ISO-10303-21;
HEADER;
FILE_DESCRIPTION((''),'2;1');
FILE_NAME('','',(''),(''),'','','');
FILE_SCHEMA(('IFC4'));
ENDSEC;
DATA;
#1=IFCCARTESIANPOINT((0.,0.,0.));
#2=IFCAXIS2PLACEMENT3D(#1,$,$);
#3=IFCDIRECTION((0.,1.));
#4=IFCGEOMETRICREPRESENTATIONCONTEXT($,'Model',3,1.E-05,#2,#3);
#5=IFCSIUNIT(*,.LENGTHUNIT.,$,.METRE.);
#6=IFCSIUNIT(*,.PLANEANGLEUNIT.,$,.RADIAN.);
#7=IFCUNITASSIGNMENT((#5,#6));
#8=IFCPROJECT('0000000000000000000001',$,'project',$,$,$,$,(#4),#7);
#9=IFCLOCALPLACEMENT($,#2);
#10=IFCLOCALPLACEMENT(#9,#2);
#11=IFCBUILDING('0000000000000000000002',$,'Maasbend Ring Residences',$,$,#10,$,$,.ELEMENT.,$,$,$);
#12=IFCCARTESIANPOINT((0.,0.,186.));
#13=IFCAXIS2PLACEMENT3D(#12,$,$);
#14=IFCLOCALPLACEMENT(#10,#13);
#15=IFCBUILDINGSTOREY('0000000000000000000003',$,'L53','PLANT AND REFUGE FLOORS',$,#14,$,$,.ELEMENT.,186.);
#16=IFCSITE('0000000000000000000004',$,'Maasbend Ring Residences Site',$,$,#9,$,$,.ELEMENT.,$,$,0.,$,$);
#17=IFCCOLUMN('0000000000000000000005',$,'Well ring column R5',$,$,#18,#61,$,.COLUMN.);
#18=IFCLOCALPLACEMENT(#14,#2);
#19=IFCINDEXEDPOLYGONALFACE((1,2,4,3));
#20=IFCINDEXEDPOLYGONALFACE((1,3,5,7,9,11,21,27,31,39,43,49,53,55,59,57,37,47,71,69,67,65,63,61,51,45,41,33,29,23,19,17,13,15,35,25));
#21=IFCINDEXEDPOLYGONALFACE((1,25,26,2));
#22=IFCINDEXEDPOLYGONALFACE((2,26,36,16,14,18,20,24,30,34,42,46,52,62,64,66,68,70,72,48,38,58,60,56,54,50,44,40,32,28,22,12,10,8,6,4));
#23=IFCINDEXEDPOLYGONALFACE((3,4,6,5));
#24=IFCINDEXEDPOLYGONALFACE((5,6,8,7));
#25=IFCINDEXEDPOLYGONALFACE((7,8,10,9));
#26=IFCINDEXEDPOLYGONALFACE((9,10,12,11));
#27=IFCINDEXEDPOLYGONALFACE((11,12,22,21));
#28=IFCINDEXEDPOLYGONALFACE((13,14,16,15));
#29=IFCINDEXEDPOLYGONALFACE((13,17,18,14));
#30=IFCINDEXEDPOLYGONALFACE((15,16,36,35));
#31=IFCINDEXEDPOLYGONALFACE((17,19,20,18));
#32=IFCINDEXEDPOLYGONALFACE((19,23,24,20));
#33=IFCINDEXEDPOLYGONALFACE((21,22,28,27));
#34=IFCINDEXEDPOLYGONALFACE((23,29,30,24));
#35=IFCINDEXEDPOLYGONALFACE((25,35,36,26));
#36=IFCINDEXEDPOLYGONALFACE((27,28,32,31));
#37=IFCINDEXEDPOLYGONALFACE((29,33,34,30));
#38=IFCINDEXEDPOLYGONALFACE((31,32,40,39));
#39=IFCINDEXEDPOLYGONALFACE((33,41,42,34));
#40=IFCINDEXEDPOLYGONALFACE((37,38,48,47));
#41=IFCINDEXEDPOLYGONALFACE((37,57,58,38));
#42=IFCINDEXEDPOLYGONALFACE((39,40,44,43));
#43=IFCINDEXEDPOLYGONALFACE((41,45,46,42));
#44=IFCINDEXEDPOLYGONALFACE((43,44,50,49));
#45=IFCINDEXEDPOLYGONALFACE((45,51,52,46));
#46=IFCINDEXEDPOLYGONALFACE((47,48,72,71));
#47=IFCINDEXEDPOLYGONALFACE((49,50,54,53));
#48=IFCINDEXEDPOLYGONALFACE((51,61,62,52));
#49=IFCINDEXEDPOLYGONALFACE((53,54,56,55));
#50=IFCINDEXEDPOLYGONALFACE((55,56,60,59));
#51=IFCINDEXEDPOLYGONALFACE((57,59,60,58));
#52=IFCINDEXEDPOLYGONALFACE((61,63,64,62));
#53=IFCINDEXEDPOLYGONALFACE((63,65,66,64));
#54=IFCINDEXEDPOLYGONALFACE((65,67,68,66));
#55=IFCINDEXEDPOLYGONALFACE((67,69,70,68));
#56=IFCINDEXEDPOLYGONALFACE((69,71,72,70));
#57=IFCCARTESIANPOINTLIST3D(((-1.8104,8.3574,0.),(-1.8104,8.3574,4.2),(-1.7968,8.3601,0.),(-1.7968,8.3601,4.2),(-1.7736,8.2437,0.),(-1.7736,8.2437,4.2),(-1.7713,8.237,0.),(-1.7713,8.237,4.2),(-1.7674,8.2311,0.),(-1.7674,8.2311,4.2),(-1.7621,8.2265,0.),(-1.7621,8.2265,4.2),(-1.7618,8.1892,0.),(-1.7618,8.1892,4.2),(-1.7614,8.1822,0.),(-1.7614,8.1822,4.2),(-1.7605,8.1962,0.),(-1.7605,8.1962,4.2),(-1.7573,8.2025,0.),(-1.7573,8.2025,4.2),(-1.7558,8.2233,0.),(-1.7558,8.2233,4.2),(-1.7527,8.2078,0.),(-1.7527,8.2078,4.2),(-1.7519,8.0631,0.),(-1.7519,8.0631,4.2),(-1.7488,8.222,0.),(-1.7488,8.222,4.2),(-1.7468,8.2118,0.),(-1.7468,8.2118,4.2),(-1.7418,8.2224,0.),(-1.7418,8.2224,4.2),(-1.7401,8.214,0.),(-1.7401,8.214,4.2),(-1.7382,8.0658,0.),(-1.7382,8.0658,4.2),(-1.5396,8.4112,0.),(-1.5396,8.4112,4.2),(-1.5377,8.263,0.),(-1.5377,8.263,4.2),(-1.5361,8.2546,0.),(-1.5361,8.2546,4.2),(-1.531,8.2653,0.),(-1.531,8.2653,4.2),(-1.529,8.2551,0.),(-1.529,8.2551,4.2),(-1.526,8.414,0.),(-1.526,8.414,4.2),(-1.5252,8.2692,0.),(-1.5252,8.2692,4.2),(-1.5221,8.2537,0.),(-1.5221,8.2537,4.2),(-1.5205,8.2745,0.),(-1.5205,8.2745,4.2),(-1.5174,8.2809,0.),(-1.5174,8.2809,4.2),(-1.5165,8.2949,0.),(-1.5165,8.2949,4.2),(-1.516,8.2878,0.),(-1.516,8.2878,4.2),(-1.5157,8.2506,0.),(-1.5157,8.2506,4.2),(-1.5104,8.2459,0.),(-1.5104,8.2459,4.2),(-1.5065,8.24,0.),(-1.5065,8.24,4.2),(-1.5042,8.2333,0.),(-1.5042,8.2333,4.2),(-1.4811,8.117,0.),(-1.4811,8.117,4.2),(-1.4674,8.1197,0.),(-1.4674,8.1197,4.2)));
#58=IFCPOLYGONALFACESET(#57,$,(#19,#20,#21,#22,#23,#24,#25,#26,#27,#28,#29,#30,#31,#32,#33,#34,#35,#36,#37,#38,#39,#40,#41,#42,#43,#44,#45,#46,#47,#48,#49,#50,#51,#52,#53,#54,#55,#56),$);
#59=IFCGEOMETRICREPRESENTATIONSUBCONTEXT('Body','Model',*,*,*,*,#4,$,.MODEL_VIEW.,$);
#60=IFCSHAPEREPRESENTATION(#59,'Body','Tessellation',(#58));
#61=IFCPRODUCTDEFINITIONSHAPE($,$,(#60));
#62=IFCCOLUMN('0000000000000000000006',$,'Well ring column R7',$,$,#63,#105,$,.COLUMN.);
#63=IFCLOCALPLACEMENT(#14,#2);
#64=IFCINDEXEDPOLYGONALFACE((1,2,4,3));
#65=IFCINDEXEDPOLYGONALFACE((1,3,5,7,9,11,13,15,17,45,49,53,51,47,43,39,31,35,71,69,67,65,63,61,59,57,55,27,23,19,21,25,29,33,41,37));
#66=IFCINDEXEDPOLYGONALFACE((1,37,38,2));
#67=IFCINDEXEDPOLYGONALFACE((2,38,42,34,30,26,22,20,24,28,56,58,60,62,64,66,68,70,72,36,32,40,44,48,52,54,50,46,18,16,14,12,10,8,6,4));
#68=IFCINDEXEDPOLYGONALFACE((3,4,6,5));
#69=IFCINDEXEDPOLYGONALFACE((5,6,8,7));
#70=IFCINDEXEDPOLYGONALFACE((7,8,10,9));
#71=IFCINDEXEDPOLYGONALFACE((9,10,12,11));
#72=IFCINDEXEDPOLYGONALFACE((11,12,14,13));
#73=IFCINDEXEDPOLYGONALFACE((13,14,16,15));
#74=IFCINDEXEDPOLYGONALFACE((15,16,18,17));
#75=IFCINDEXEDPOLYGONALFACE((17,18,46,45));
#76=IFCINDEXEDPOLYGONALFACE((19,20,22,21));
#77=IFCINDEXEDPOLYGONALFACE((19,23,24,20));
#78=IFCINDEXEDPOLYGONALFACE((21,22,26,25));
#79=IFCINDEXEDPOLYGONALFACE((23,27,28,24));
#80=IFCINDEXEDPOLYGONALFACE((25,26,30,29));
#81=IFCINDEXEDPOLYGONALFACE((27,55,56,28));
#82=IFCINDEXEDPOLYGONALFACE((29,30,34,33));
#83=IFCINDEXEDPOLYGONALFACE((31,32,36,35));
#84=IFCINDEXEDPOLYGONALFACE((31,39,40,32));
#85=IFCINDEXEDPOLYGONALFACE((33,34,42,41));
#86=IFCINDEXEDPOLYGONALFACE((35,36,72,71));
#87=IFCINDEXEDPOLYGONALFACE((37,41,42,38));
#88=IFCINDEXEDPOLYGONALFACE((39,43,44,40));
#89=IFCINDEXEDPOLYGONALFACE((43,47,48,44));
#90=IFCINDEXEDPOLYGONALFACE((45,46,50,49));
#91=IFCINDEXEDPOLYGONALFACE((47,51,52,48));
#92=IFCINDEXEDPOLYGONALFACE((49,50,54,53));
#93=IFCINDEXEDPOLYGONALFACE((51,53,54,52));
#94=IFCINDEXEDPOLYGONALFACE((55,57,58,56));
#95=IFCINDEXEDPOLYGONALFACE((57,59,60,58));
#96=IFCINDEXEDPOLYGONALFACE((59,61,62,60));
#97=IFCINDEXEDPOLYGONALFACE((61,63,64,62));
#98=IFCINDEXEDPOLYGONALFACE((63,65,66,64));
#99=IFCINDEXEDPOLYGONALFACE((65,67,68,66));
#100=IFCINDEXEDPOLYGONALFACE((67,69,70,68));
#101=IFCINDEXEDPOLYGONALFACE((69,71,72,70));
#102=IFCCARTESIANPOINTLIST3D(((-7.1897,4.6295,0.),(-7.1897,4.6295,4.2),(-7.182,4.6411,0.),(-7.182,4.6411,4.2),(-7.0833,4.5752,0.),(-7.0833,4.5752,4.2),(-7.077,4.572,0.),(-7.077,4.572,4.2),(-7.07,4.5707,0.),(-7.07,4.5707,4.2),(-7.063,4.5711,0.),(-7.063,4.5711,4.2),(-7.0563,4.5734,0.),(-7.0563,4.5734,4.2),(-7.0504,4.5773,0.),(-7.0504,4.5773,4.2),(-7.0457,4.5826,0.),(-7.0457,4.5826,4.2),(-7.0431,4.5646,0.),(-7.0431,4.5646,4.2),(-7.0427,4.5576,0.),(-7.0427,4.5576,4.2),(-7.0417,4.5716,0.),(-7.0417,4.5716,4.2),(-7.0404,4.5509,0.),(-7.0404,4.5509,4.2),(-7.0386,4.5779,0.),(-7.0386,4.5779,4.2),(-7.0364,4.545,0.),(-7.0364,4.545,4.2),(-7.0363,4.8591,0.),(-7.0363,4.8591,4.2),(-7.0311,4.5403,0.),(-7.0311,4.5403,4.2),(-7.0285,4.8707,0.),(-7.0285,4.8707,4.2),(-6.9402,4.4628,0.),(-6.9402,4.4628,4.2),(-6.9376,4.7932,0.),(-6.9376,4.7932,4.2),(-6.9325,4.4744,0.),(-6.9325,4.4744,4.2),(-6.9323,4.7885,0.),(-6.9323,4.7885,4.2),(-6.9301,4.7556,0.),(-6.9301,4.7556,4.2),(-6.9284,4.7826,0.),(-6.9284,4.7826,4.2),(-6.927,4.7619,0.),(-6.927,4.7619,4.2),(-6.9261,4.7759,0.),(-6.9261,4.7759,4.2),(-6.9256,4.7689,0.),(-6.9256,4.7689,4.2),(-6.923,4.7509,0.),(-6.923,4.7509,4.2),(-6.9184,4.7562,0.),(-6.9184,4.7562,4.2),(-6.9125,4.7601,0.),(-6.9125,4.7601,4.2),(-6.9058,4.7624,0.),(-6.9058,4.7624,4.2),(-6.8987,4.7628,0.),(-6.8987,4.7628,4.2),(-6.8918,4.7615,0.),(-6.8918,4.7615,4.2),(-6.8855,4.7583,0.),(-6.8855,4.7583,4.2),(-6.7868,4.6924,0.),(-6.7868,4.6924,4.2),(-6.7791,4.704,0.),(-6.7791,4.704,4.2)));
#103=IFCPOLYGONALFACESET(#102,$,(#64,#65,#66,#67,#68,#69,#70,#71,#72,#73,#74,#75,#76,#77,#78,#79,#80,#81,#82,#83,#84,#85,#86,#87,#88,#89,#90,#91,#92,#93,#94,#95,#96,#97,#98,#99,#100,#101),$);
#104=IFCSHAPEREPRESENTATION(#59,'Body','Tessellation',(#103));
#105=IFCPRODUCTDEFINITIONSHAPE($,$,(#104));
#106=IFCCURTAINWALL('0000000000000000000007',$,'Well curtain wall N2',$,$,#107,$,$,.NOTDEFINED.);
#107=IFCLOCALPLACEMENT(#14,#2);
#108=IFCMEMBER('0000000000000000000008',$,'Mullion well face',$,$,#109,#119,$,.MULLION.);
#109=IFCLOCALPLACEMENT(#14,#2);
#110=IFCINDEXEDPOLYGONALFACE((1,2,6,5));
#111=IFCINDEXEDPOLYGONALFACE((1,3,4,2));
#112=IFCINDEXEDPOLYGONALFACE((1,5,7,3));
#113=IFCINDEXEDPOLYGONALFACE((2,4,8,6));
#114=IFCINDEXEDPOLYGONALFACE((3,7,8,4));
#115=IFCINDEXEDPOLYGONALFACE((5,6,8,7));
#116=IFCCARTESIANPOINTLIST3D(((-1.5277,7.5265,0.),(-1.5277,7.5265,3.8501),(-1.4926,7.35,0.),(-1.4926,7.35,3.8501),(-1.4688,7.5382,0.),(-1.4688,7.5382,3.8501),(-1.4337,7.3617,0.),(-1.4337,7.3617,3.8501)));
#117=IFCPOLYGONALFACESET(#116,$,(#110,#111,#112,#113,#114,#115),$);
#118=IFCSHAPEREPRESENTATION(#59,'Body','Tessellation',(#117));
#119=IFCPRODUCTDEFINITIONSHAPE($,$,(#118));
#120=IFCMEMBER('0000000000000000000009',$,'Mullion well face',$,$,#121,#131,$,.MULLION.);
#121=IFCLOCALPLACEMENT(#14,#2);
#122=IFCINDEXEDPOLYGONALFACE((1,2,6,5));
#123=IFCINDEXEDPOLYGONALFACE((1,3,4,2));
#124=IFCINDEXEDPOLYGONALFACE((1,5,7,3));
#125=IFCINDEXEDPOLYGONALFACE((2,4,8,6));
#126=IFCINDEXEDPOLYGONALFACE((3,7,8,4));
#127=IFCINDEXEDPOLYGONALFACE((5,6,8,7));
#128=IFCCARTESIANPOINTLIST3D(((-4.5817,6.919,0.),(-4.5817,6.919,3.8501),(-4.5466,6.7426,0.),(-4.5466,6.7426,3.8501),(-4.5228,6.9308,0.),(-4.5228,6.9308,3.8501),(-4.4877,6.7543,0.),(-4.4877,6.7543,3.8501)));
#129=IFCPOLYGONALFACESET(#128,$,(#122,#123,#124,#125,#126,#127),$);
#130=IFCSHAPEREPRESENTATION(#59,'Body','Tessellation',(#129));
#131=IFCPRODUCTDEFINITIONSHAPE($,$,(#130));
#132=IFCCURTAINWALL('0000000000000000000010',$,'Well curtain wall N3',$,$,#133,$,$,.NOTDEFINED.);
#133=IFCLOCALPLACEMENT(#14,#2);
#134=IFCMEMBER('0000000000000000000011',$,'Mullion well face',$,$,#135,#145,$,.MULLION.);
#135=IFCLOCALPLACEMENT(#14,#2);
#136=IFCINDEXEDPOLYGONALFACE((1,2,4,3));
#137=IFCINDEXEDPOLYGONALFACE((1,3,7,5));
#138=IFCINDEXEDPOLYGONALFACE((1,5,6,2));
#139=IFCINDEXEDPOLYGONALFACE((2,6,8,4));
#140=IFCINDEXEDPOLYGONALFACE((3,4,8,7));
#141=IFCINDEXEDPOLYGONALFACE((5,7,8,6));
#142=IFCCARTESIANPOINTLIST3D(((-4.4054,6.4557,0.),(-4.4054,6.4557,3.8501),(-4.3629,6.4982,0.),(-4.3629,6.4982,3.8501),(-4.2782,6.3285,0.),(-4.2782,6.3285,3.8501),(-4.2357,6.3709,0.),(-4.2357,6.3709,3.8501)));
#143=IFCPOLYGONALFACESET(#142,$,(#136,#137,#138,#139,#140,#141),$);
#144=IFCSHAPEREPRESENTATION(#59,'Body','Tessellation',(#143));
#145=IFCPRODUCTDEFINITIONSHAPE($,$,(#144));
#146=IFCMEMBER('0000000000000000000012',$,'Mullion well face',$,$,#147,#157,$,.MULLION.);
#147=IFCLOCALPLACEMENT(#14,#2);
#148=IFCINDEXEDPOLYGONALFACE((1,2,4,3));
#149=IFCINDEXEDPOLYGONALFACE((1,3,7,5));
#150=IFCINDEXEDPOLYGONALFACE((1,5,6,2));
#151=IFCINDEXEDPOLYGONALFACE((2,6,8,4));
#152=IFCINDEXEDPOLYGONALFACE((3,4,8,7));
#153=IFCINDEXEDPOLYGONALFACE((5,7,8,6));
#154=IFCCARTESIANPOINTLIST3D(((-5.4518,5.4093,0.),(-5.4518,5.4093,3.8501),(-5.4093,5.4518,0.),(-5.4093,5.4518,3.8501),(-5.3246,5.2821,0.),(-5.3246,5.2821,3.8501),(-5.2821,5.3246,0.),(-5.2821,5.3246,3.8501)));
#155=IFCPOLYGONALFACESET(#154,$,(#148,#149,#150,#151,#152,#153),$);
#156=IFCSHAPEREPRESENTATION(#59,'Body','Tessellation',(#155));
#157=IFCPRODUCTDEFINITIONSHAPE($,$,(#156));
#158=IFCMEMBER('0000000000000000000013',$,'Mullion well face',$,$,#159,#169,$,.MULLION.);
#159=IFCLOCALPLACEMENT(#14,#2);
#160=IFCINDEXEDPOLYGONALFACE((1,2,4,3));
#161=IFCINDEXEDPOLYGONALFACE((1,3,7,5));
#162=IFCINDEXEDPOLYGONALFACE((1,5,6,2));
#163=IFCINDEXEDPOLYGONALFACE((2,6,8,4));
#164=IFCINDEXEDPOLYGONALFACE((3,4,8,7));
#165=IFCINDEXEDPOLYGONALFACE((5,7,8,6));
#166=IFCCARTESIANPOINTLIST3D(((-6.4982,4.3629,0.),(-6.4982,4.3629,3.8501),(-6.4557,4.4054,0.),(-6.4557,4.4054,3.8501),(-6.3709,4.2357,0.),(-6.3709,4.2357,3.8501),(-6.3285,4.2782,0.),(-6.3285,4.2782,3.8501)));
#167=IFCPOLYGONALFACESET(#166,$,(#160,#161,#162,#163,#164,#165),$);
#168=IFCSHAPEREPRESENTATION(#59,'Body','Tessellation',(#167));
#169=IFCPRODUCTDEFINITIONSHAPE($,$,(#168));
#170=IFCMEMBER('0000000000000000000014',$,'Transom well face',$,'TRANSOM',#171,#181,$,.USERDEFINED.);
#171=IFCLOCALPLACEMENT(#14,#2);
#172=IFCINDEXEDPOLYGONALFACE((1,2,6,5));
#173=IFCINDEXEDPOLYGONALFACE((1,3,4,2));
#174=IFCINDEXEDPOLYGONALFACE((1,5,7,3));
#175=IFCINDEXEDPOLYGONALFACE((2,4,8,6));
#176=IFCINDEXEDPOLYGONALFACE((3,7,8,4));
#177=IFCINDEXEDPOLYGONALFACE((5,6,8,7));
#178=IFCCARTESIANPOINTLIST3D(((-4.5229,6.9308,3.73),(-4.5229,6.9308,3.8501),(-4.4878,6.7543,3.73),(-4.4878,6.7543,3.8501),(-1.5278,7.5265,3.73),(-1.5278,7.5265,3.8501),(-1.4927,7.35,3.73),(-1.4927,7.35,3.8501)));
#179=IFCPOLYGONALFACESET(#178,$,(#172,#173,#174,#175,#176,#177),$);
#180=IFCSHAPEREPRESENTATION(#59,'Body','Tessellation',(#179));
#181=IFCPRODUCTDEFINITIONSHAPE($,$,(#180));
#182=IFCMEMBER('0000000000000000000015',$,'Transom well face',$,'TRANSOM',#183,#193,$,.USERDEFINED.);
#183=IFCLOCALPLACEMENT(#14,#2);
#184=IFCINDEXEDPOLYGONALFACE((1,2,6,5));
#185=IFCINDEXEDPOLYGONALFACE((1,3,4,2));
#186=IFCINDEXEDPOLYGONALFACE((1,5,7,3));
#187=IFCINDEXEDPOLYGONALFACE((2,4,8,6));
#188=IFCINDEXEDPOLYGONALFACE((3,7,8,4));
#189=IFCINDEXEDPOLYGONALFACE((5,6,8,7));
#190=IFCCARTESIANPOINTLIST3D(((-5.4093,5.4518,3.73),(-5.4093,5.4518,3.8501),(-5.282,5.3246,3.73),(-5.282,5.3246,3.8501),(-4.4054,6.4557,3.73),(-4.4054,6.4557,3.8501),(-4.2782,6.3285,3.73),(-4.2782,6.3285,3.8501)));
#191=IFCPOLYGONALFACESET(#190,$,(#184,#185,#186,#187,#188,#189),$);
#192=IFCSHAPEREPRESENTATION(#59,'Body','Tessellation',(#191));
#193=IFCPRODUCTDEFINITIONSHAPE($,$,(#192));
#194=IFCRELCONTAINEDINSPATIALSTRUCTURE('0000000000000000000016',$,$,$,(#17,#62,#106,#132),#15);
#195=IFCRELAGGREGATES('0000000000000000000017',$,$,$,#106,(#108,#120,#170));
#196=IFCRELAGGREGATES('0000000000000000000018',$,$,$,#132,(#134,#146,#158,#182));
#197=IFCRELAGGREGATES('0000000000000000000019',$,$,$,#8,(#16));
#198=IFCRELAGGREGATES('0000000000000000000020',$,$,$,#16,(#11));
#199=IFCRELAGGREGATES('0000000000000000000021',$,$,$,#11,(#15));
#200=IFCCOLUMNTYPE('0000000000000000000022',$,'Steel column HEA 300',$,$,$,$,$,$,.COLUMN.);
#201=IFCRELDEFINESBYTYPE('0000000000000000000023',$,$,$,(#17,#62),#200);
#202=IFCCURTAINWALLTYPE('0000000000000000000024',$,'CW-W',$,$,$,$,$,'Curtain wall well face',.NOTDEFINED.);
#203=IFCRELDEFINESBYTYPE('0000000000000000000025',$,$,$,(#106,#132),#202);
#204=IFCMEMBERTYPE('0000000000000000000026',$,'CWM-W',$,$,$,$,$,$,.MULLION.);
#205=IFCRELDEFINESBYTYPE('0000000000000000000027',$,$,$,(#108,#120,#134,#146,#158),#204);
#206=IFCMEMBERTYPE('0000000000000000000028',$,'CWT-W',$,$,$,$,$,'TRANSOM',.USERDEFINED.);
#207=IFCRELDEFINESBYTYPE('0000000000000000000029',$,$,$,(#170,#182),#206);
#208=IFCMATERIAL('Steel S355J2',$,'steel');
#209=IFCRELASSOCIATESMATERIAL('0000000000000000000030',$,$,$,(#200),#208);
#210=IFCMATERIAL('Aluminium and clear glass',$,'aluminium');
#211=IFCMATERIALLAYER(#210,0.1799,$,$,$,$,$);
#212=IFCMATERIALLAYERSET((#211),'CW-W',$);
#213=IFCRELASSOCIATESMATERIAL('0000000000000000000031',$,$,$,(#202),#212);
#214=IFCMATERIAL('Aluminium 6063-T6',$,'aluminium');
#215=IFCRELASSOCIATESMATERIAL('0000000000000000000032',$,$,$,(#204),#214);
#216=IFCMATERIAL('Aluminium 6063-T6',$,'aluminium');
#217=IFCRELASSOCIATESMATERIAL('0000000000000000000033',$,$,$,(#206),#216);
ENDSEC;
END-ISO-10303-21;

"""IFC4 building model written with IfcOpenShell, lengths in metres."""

from ifc_helpers import new_model, si_unit, direction, frame, origin, origin_2d, place, context, subcontext, project, spatial, rectangle, i_section, extrude, material, layer, layer_set, material_profile, profile_set, type_object, element, aggregate, save


model = new_model("IFC4")

# Units and contexts
model_context = context("Model", 3, precision=1e-05, world=origin(), true_north=direction((0.0, 1.0)))
body_context = subcontext(model_context, "Body", "Model", "MODEL_VIEW")
ifc_project = project(units=[si_unit("LENGTHUNIT", "METRE"), si_unit("PLANEANGLEUNIT", "RADIAN")], contexts=[model_context])

# Site, building, storey
site_placement = place(None, origin())
site = spatial("IfcSite", under=ifc_project, at=site_placement, Name="Maasbend Ring Residences Site", CompositionType="ELEMENT", RefElevation=0.0)
building_placement = place(site_placement, origin())
building = spatial("IfcBuilding", under=site, at=building_placement, Name="Maasbend Ring Residences", CompositionType="ELEMENT")
storey_placement = place(building_placement, frame((0.0, 0.0, 186.0)))
storey = spatial("IfcBuildingStorey", under=building, at=storey_placement, Name="L53", Description="PLANT AND REFUGE FLOORS", CompositionType="ELEMENT", Elevation=186.0)

# Columns
ifc_material_1 = material(Name="Steel S355J2", Category="steel")
ifc_material_profile_1 = material_profile(ifc_material_1, i_section(OverallWidth=0.3, OverallDepth=0.29, WebThickness=0.0085, FlangeThickness=0.0139, FilletRadius=0.0271, at=origin_2d()), Name="HEA 300")
ifc_profile_set_1 = profile_set([ifc_material_profile_1], Name="Steel S355J2")
column_type = type_object("IfcColumnType", Name="Steel column HEA 300", PredefinedType="COLUMN", material=ifc_profile_set_1)
for number, where, z_axis, x_axis, name in (
    (1, (-1.6389, 8.2385, 0.0), (0.0, 0.0, 1.0), (-0.19509, 0.980785, 0.0), "Well ring column R5"),
    (2, (-6.9844, 4.6667, 0.0), (0.0, 0.0, 1.0), (-0.83147, 0.55557, 0.0), "Well ring column R7"),
):
    element("IfcColumn", number, at=place(storey_placement, frame(where, z_axis=z_axis, x_axis=x_axis)), inside=storey, type_object=column_type, Name=name, PredefinedType="COLUMN", context=body_context, shape_type="SweptSolid", body=[
        extrude(i_section(OverallWidth=0.3, OverallDepth=0.29, WebThickness=0.0085, FlangeThickness=0.0139, FilletRadius=0.0271, at=origin_2d()), origin(), (0.0, 0.0, 1.0), 4.2),
    ])

# Curtain walls, members
ifc_material_2 = material(Name="Aluminium and clear glass", Category="aluminium")
ifc_layer_1 = layer(ifc_material_2, 0.1799)
ifc_layer_set_1 = layer_set([ifc_layer_1], Name="CW-W")
curtain_wall_type = type_object("IfcCurtainWallType", Name="CW-W", ElementType="Curtain wall well face", PredefinedType="NOTDEFINED", material=ifc_layer_set_1)
curtain_wall_1_placement = place(storey_placement, origin())
curtain_wall_1 = element("IfcCurtainWall", 3, at=curtain_wall_1_placement, inside=storey, type_object=curtain_wall_type, Name="Well curtain wall N2", PredefinedType="NOTDEFINED")
ifc_material_3 = material(Name="Aluminium 6063-T6", Category="aluminium")
ifc_material_profile_2 = material_profile(ifc_material_3, rectangle(XDim=0.1799, YDim=0.0601, at=origin_2d()), Name="AL 180x60")
ifc_profile_set_2 = profile_set([ifc_material_profile_2], Name="Aluminium 6063-T6")
member_type_1 = type_object("IfcMemberType", Name="CWM-W", PredefinedType="MULLION", material=ifc_profile_set_2)
member_1_placement = place(storey_placement, frame((-1.4807, 7.4441, 0.0), z_axis=(0.0, 0.0, 1.0), x_axis=(0.19509, -0.980785, 0.0)))
member_1 = element("IfcMember", 4, at=member_1_placement, type_object=member_type_1, Name="Mullion well face", PredefinedType="MULLION", context=body_context, shape_type="SweptSolid", body=[
    extrude(rectangle(XDim=0.1799, YDim=0.0601, at=origin_2d()), origin(), (0.0, 0.0, 1.0), 3.8501),
])
member_2_placement = place(storey_placement, frame((-4.5347, 6.8367, 0.0), z_axis=(0.0, 0.0, 1.0), x_axis=(0.19509, -0.980785, 0.0)))
member_2 = element("IfcMember", 5, at=member_2_placement, type_object=member_type_1, Name="Mullion well face", PredefinedType="MULLION", context=body_context, shape_type="SweptSolid", body=[
    extrude(rectangle(XDim=0.1799, YDim=0.0601, at=origin_2d()), origin(), (0.0, 0.0, 1.0), 3.8501),
])
curtain_wall_2_placement = place(storey_placement, origin())
curtain_wall_2 = element("IfcCurtainWall", 6, at=curtain_wall_2_placement, inside=storey, type_object=curtain_wall_type, Name="Well curtain wall N3", PredefinedType="NOTDEFINED")
member_3_placement = place(storey_placement, frame((-4.3206, 6.4133, 0.0), z_axis=(0.0, 0.0, 1.0), x_axis=(0.707107, -0.707107, 0.0)))
member_3 = element("IfcMember", 7, at=member_3_placement, type_object=member_type_1, Name="Mullion well face", PredefinedType="MULLION", context=body_context, shape_type="SweptSolid", body=[
    extrude(rectangle(XDim=0.1799, YDim=0.0601, at=origin_2d()), origin(), (0.0, 0.0, 1.0), 3.8501),
])
member_4_placement = place(storey_placement, frame((-5.3669, 5.3669, 0.0), z_axis=(0.0, 0.0, 1.0), x_axis=(0.707107, -0.707107, 0.0)))
member_4 = element("IfcMember", 8, at=member_4_placement, type_object=member_type_1, Name="Mullion well face", PredefinedType="MULLION", context=body_context, shape_type="SweptSolid", body=[
    extrude(rectangle(XDim=0.1799, YDim=0.0601, at=origin_2d()), origin(), (0.0, 0.0, 1.0), 3.8501),
])
member_5_placement = place(storey_placement, frame((-6.4133, 4.3206, 0.0), z_axis=(0.0, 0.0, 1.0), x_axis=(0.707107, -0.707107, 0.0)))
member_5 = element("IfcMember", 9, at=member_5_placement, type_object=member_type_1, Name="Mullion well face", PredefinedType="MULLION", context=body_context, shape_type="SweptSolid", body=[
    extrude(rectangle(XDim=0.1799, YDim=0.0601, at=origin_2d()), origin(), (0.0, 0.0, 1.0), 3.8501),
])

# Members
ifc_material_4 = material(Name="Aluminium 6063-T6", Category="aluminium")
ifc_material_profile_3 = material_profile(ifc_material_4, rectangle(XDim=0.1799, YDim=0.1201, at=origin_2d()), Name="AL 180x120")
ifc_profile_set_3 = profile_set([ifc_material_profile_3], Name="Aluminium 6063-T6")
member_type_2 = type_object("IfcMemberType", Name="CWT-W", ElementType="TRANSOM", PredefinedType="USERDEFINED", material=ifc_profile_set_3)
member_6_placement = place(storey_placement, frame((-1.5103, 7.4382, 3.79), z_axis=(-0.980789, -0.195071, 0.0), x_axis=(0.195071, -0.980789, 0.0)))
member_6 = element("IfcMember", 10, at=member_6_placement, type_object=member_type_2, Name="Transom well face", ObjectType="TRANSOM", PredefinedType="USERDEFINED", context=body_context, shape_type="SweptSolid", body=[
    extrude(rectangle(XDim=0.1799, YDim=0.1201, at=origin_2d()), origin(), (0.0, 0.0, 1.0), 3.0537),
])
member_7_placement = place(storey_placement, frame((-4.3418, 6.3921, 3.79), z_axis=(-0.707107, -0.707107, 0.0), x_axis=(0.707107, -0.707107, 0.0)))
member_7 = element("IfcMember", 11, at=member_7_placement, type_object=member_type_2, Name="Transom well face", ObjectType="TRANSOM", PredefinedType="USERDEFINED", context=body_context, shape_type="SweptSolid", body=[
    extrude(rectangle(XDim=0.1799, YDim=0.1201, at=origin_2d()), origin(), (0.0, 0.0, 1.0), 1.4197),
])

aggregate(curtain_wall_1, [member_1, member_2, member_6])
aggregate(curtain_wall_2, [member_3, member_4, member_5, member_7])

save(model, "model.ifc")
